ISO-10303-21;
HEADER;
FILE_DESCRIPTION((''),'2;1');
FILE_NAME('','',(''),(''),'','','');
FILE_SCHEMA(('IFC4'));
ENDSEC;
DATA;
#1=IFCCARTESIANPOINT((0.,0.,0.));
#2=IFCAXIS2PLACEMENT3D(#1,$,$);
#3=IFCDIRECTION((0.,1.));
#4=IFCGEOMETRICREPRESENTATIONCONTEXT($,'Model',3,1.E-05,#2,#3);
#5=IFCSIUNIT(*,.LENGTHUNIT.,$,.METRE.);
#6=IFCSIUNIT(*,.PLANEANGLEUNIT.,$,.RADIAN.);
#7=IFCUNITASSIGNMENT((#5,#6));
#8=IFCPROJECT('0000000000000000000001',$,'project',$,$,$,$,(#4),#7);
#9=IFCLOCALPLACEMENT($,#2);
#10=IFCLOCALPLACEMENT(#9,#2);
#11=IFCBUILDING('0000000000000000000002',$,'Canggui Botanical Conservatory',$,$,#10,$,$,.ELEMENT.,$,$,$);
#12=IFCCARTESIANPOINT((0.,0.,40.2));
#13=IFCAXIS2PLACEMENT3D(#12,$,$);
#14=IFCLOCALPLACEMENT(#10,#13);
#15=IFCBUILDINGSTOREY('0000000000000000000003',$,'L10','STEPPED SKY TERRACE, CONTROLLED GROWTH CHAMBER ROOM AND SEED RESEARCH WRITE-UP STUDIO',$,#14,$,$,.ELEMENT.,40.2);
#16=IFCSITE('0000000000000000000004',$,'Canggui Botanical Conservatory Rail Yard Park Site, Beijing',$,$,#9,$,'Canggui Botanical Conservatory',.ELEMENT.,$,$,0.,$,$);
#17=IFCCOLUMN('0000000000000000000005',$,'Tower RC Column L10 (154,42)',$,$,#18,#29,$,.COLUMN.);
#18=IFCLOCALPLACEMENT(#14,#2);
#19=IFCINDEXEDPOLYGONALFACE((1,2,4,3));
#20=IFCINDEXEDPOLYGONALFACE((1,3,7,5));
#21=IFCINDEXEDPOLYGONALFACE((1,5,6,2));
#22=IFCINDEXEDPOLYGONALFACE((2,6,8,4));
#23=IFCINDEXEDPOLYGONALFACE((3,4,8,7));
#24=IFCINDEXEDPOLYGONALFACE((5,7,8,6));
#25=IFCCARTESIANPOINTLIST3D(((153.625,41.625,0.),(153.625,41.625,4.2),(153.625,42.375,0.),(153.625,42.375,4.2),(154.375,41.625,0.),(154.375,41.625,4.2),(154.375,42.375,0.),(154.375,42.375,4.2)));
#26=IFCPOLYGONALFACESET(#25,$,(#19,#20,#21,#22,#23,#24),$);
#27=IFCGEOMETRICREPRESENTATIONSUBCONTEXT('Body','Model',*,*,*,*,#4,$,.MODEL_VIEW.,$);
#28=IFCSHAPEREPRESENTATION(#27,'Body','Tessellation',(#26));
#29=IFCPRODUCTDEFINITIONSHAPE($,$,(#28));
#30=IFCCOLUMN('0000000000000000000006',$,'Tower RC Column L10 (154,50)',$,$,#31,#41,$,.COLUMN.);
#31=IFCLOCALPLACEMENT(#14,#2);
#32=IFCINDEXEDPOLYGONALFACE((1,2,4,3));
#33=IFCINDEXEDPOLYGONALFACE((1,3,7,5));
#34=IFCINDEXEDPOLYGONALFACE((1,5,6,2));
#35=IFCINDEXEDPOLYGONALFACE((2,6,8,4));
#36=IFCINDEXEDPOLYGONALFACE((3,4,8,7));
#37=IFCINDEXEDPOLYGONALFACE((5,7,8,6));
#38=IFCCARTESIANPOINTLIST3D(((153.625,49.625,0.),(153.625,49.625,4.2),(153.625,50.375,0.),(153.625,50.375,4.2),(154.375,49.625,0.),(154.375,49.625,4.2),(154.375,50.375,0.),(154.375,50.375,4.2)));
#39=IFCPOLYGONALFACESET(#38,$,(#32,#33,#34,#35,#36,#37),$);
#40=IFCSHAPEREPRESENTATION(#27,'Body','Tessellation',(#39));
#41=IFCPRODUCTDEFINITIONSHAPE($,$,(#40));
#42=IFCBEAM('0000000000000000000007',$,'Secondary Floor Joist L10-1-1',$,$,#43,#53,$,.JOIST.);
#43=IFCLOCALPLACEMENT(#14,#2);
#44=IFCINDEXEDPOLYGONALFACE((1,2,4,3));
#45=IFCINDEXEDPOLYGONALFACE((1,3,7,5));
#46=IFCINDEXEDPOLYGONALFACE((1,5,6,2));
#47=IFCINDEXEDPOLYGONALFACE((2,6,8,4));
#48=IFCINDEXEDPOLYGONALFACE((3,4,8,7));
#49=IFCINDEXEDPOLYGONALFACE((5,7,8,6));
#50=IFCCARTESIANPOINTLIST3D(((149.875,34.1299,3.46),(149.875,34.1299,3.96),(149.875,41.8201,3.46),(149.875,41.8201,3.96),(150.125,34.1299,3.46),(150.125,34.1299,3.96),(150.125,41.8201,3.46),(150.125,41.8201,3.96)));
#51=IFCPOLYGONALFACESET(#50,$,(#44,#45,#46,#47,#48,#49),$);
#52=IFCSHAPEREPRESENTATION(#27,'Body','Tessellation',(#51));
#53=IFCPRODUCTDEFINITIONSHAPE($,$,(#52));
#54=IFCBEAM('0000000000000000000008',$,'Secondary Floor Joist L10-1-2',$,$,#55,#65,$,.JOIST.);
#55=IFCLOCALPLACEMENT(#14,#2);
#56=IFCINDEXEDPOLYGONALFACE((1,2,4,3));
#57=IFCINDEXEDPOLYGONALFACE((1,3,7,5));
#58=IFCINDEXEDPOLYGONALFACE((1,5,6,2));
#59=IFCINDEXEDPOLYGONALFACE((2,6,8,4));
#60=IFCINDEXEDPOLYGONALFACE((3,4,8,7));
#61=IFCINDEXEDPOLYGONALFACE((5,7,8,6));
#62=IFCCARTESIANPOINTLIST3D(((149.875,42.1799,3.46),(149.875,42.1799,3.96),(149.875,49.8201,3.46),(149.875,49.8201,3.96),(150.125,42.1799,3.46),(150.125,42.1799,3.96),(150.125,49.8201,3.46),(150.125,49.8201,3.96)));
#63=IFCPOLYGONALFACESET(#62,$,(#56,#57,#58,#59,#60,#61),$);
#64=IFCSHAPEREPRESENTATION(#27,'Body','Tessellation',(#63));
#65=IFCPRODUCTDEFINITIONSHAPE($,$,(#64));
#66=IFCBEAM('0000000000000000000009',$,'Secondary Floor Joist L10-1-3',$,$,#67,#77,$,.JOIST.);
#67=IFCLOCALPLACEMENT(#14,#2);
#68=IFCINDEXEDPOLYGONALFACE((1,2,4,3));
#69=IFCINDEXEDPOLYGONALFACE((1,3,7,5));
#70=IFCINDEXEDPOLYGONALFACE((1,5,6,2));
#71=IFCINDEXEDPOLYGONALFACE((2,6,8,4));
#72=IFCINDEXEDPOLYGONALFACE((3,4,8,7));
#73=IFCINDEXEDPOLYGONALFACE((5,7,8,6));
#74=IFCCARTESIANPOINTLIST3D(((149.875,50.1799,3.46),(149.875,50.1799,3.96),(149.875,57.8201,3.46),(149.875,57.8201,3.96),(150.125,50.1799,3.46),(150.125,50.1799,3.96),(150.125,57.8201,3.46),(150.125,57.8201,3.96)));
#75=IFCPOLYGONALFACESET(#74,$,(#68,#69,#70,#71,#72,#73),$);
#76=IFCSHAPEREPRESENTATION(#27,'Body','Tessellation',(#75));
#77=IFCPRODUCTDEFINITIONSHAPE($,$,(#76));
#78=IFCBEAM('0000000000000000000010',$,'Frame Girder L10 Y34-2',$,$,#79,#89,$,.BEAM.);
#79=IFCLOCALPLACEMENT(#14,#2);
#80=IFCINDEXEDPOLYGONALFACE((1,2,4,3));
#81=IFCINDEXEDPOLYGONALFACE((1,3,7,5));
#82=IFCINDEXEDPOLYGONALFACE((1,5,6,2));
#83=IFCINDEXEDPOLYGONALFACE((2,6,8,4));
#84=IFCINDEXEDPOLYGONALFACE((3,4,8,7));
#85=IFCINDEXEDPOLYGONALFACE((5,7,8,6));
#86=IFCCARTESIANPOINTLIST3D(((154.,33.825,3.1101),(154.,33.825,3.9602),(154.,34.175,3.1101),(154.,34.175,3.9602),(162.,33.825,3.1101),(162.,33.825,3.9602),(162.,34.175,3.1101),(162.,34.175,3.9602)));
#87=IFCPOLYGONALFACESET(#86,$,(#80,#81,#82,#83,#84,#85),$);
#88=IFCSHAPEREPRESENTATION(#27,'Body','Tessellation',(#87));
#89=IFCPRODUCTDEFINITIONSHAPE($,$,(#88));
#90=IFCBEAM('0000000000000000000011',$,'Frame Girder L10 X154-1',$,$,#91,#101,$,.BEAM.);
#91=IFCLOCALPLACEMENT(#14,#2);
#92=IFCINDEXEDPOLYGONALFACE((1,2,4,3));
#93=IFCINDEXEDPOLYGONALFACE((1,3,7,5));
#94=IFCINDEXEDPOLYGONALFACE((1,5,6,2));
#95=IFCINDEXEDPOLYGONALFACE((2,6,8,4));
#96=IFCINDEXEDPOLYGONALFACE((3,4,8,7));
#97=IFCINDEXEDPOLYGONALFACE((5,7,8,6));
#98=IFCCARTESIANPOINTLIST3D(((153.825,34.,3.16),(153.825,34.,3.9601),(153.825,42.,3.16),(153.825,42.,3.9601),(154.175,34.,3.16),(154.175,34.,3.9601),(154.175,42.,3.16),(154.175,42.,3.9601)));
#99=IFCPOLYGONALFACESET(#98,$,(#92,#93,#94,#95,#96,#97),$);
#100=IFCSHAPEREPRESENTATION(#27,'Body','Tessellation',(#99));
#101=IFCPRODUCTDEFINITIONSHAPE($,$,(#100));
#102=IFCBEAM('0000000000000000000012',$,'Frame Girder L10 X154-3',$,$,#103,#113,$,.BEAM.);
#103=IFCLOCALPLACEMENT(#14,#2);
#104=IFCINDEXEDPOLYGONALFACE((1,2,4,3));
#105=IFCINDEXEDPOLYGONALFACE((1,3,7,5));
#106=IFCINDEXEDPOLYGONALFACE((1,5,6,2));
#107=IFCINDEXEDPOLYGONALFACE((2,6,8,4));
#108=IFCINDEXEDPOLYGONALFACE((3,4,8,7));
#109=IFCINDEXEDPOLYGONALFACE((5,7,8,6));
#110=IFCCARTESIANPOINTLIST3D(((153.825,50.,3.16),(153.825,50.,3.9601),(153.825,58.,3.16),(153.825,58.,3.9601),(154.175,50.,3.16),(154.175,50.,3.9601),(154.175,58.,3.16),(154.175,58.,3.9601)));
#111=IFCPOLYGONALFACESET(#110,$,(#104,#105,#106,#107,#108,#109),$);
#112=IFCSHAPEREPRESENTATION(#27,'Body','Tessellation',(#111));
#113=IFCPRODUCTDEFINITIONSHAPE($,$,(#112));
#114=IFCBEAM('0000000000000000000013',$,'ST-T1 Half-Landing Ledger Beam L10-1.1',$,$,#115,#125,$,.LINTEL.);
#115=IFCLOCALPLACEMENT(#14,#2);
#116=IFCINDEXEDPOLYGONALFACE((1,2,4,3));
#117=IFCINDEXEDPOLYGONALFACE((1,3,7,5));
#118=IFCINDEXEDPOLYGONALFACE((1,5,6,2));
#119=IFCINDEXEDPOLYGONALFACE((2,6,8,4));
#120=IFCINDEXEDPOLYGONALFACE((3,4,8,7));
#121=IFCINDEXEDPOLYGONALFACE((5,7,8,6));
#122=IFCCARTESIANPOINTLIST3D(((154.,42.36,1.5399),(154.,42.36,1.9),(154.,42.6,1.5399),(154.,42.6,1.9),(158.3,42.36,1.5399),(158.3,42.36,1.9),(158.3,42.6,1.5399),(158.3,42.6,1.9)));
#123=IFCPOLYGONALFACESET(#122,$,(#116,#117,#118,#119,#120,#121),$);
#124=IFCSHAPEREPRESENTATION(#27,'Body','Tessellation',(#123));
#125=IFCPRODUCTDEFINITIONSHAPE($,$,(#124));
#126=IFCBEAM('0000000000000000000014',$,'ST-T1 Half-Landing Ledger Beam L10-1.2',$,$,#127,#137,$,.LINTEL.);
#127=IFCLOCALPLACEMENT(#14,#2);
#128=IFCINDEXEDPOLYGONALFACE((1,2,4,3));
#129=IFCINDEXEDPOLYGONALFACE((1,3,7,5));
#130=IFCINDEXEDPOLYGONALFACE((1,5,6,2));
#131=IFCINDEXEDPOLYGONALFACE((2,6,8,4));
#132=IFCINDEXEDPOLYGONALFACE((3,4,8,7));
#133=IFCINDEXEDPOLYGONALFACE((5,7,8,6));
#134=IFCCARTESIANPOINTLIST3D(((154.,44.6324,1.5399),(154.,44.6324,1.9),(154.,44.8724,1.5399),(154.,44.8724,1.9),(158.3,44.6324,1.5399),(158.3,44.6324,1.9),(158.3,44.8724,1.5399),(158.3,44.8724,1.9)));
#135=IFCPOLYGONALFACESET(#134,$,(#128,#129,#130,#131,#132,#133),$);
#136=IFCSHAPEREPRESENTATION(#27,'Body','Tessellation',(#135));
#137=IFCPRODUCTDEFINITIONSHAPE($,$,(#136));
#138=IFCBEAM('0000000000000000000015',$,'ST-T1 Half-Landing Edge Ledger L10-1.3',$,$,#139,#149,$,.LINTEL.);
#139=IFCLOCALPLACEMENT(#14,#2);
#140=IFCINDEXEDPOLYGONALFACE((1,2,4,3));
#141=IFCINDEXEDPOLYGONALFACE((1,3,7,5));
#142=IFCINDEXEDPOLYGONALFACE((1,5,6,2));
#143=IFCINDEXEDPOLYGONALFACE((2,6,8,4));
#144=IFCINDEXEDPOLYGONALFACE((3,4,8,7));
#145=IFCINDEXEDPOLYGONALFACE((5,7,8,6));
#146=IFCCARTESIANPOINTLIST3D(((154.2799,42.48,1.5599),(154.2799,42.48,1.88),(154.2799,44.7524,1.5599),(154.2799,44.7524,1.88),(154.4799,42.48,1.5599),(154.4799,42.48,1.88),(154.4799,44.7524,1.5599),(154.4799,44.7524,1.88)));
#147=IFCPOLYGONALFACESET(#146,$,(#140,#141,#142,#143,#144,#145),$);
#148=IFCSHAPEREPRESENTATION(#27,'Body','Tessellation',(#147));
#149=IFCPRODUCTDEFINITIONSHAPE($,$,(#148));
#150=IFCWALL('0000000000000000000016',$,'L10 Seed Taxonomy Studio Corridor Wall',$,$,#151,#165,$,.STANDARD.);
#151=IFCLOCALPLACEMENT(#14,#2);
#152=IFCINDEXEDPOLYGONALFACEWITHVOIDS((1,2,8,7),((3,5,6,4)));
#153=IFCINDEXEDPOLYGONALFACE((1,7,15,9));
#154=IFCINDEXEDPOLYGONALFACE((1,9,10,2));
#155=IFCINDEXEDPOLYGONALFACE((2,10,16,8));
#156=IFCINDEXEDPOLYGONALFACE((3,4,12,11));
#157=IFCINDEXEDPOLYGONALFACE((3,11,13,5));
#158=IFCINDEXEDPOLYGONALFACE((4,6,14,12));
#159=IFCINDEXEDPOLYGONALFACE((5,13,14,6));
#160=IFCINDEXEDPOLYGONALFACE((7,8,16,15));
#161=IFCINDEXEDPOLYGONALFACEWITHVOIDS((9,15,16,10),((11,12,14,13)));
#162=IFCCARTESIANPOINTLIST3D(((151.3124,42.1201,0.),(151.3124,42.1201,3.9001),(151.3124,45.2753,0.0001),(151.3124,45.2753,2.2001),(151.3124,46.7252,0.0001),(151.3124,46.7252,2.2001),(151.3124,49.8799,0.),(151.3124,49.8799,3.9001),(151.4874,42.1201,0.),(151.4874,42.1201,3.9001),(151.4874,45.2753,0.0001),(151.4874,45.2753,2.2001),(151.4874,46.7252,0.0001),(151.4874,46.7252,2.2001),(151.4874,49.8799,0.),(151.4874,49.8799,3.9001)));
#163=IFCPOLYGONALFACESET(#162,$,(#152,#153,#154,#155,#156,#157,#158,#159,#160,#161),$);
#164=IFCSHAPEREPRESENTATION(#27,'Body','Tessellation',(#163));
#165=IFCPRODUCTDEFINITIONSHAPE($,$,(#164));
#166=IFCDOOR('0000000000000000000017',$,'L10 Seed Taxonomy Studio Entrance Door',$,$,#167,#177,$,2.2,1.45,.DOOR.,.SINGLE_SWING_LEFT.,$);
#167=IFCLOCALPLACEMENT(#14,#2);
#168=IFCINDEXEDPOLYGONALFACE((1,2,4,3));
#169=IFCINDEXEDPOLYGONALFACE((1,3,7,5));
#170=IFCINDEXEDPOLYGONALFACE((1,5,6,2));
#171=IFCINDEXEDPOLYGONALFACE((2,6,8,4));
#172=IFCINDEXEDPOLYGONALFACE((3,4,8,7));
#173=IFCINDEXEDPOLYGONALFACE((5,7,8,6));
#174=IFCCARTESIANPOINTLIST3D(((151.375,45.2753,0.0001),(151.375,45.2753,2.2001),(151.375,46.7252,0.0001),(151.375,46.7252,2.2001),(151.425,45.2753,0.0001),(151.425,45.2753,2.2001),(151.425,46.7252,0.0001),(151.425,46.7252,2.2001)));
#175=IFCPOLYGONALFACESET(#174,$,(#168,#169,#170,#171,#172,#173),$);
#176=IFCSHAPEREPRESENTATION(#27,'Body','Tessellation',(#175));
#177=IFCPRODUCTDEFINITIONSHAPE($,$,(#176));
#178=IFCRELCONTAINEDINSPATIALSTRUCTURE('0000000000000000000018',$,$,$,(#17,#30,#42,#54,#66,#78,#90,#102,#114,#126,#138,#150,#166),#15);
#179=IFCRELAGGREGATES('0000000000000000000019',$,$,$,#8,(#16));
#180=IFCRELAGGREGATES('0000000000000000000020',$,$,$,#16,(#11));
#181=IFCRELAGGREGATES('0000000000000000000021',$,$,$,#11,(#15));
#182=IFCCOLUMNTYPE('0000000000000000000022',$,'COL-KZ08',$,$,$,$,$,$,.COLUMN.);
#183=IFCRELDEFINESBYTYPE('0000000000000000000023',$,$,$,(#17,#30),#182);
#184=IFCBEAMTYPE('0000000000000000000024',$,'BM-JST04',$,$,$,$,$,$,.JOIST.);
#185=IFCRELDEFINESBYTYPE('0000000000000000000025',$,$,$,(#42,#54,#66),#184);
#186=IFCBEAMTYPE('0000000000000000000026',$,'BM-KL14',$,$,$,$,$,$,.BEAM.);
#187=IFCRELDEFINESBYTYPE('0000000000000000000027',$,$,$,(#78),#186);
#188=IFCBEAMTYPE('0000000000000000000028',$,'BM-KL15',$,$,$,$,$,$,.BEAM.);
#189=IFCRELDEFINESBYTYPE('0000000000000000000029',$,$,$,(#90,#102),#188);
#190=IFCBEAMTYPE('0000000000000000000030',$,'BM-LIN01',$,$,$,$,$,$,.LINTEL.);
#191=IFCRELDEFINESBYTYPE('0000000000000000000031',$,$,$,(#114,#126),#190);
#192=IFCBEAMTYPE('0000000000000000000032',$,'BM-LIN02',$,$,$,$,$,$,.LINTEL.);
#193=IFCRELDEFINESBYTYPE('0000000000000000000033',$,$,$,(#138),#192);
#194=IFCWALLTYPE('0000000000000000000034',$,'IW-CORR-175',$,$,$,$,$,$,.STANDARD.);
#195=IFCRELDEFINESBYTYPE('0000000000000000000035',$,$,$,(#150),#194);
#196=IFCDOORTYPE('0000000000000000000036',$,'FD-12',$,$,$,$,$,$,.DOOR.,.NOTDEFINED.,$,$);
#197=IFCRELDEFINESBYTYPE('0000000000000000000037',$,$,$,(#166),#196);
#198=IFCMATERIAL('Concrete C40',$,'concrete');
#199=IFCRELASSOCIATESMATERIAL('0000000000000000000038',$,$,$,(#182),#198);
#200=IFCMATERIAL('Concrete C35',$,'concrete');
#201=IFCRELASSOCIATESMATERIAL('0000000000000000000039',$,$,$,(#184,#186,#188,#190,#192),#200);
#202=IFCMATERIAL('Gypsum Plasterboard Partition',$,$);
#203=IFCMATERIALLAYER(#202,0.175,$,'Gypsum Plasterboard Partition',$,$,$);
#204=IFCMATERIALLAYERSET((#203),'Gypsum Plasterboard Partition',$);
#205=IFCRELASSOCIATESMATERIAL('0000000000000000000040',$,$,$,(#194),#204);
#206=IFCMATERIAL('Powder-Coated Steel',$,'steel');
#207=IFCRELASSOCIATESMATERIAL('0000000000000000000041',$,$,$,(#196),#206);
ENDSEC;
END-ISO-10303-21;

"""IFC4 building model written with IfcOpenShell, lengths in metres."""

from ifc_helpers import new_model, si_unit, direction, frame, frame_2d, origin, origin_2d, place, context, subcontext, project, spatial, rectangle, extrude, material, layer, layer_set, material_profile, profile_set, type_object, element, fill, save


model = new_model("IFC4")

# Units and contexts
model_context = context("Model", 3, precision=1e-05, world=origin(), true_north=direction((0.0, 1.0)))
body_context = subcontext(model_context, "Body", "Model", "MODEL_VIEW")
ifc_project = project(units=[si_unit("LENGTHUNIT", "METRE"), si_unit("PLANEANGLEUNIT", "RADIAN")], contexts=[model_context])

# Site, building, storey
site_placement = place(None, origin())
site = spatial("IfcSite", under=ifc_project, at=site_placement, Name="Canggui Botanical Conservatory Rail Yard Park Site, Beijing", LongName="Canggui Botanical Conservatory", CompositionType="ELEMENT", RefElevation=0.0)
building_placement = place(site_placement, origin())
building = spatial("IfcBuilding", under=site, at=building_placement, Name="Canggui Botanical Conservatory", CompositionType="ELEMENT")
storey_placement = place(building_placement, frame((0.0, 0.0, 40.2)))
storey = spatial("IfcBuildingStorey", under=building, at=storey_placement, Name="L10", Description="STEPPED SKY TERRACE, CONTROLLED GROWTH CHAMBER ROOM AND SEED RESEARCH WRITE-UP STUDIO", CompositionType="ELEMENT", Elevation=40.2)

# Columns
ifc_material_1 = material(Name="Concrete C40", Category="concrete")
ifc_material_profile_1 = material_profile(ifc_material_1, rectangle(XDim=0.75, YDim=0.75, at=origin_2d()), Name="RC 750x750")
ifc_profile_set_1 = profile_set([ifc_material_profile_1], Name="Concrete C40")
column_type = type_object("IfcColumnType", Name="COL-KZ08", PredefinedType="COLUMN", material=ifc_profile_set_1)
for number, where, z_axis, x_axis, name in (
    (1, (154.0, 42.0, 0.0), (0.0, 0.0, 1.0), (1.0, 0.0, 0.0), "Tower RC Column L10 (154,42)"),
    (2, (154.0, 50.0, 0.0), (0.0, 0.0, 1.0), (1.0, 0.0, 0.0), "Tower RC Column L10 (154,50)"),
):
    element("IfcColumn", number, at=place(storey_placement, frame(where, z_axis=z_axis, x_axis=x_axis)), inside=storey, type_object=column_type, Name=name, PredefinedType="COLUMN", context=body_context, shape_type="SweptSolid", body=[
        extrude(rectangle(XDim=0.75, YDim=0.75, at=origin_2d()), origin(), (0.0, 0.0, 1.0), 4.2),
    ])

# Beams
ifc_material_2 = material(Name="Concrete C35", Category="concrete")
ifc_material_profile_2 = material_profile(ifc_material_2, rectangle(XDim=0.25, YDim=0.5, at=origin_2d()), Name="RB 250x500")
ifc_profile_set_2 = profile_set([ifc_material_profile_2], Name="Concrete C35")
beam_type_1 = type_object("IfcBeamType", Name="BM-JST04", PredefinedType="JOIST", material=ifc_profile_set_2)
beam_1_placement = place(storey_placement, frame((150.0, 34.1299, 3.71), z_axis=(0.0, 1.0, 0.0), x_axis=(-1.0, 0.0, 0.0)))
element("IfcBeam", 3, at=beam_1_placement, inside=storey, type_object=beam_type_1, Name="Secondary Floor Joist L10-1-1", PredefinedType="JOIST", context=body_context, shape_type="SweptSolid", body=[
    extrude(rectangle(XDim=0.25, YDim=0.5, at=origin_2d()), origin(), (0.0, 0.0, 1.0), 7.6902),
])
for number, where, z_axis, x_axis, name in (
    (4, (150.0, 42.1799, 3.71), (0.0, 1.0, 0.0), (-1.0, 0.0, 0.0), "Secondary Floor Joist L10-1-2"),
    (5, (150.0, 50.1799, 3.71), (0.0, 1.0, 0.0), (-1.0, 0.0, 0.0), "Secondary Floor Joist L10-1-3"),
):
    element("IfcBeam", number, at=place(storey_placement, frame(where, z_axis=z_axis, x_axis=x_axis)), inside=storey, type_object=beam_type_1, Name=name, PredefinedType="JOIST", context=body_context, shape_type="SweptSolid", body=[
        extrude(rectangle(XDim=0.25, YDim=0.5, at=origin_2d()), origin(), (0.0, 0.0, 1.0), 7.6401),
    ])
ifc_material_profile_3 = material_profile(ifc_material_2, rectangle(XDim=0.3501, YDim=0.8501, at=origin_2d()), Name="RB 350x850")
ifc_profile_set_3 = profile_set([ifc_material_profile_3], Name="Concrete C35")
beam_type_2 = type_object("IfcBeamType", Name="BM-KL14", PredefinedType="BEAM", material=ifc_profile_set_3)
beam_2_placement = place(storey_placement, frame((154.0, 34.0, 3.5352), z_axis=(1.0, 0.0, 0.0), x_axis=(0.0, 1.0, 0.0)))
element("IfcBeam", 6, at=beam_2_placement, inside=storey, type_object=beam_type_2, Name="Frame Girder L10 Y34-2", PredefinedType="BEAM", context=body_context, shape_type="SweptSolid", body=[
    extrude(rectangle(XDim=0.3501, YDim=0.8501, at=origin_2d()), origin(), (0.0, 0.0, 1.0), 8.0),
])
ifc_material_profile_4 = material_profile(ifc_material_2, rectangle(XDim=0.3501, YDim=0.8, at=origin_2d()), Name="RB 350x800")
ifc_profile_set_4 = profile_set([ifc_material_profile_4], Name="Concrete C35")
beam_type_3 = type_object("IfcBeamType", Name="BM-KL15", PredefinedType="BEAM", material=ifc_profile_set_4)
for number, where, z_axis, x_axis, name in (
    (7, (154.0, 34.0, 3.5601), (0.0, 1.0, 0.0), (-1.0, 0.0, 0.0), "Frame Girder L10 X154-1"),
    (8, (154.0, 50.0, 3.5601), (0.0, 1.0, 0.0), (-1.0, 0.0, 0.0), "Frame Girder L10 X154-3"),
):
    element("IfcBeam", number, at=place(storey_placement, frame(where, z_axis=z_axis, x_axis=x_axis)), inside=storey, type_object=beam_type_3, Name=name, PredefinedType="BEAM", context=body_context, shape_type="SweptSolid", body=[
        extrude(rectangle(XDim=0.3501, YDim=0.8, at=origin_2d()), origin(), (0.0, 0.0, 1.0), 8.0),
    ])
ifc_material_profile_5 = material_profile(ifc_material_2, rectangle(XDim=0.24, YDim=0.3601, at=origin_2d()), Name="RB 240x360")
ifc_profile_set_5 = profile_set([ifc_material_profile_5], Name="Concrete C35")
beam_type_4 = type_object("IfcBeamType", Name="BM-LIN01", PredefinedType="LINTEL", material=ifc_profile_set_5)
for number, where, z_axis, x_axis, name in (
    (9, (154.0, 42.48, 1.72), (1.0, 0.0, 0.0), (0.0, 1.0, 0.0), "ST-T1 Half-Landing Ledger Beam L10-1.1"),
    (10, (154.0, 44.7524, 1.72), (1.0, 0.0, 0.0), (0.0, 1.0, 0.0), "ST-T1 Half-Landing Ledger Beam L10-1.2"),
):
    element("IfcBeam", number, at=place(storey_placement, frame(where, z_axis=z_axis, x_axis=x_axis)), inside=storey, type_object=beam_type_4, Name=name, PredefinedType="LINTEL", context=body_context, shape_type="SweptSolid", body=[
        extrude(rectangle(XDim=0.24, YDim=0.3601, at=origin_2d()), origin(), (0.0, 0.0, 1.0), 4.3),
    ])
ifc_material_profile_6 = material_profile(ifc_material_2, rectangle(XDim=0.2, YDim=0.3201, at=origin_2d()), Name="RB 200x320")
ifc_profile_set_6 = profile_set([ifc_material_profile_6], Name="Concrete C35")
beam_type_5 = type_object("IfcBeamType", Name="BM-LIN02", PredefinedType="LINTEL", material=ifc_profile_set_6)
beam_3_placement = place(storey_placement, frame((154.3799, 42.48, 1.72), z_axis=(0.0, 1.0, 0.0), x_axis=(-1.0, 0.0, 0.0)))
element("IfcBeam", 11, at=beam_3_placement, inside=storey, type_object=beam_type_5, Name="ST-T1 Half-Landing Edge Ledger L10-1.3", PredefinedType="LINTEL", context=body_context, shape_type="SweptSolid", body=[
    extrude(rectangle(XDim=0.2, YDim=0.3201, at=origin_2d()), origin(), (0.0, 0.0, 1.0), 2.2725),
])

# Wall, opening, door
ifc_material_3 = material(Name="Gypsum Plasterboard Partition")
ifc_layer_1 = layer(ifc_material_3, 0.175, Name="Gypsum Plasterboard Partition")
ifc_layer_set_1 = layer_set([ifc_layer_1], Name="Gypsum Plasterboard Partition")
wall_type_1 = type_object("IfcWallType", Name="IW-CORR-175", PredefinedType="STANDARD", material=ifc_layer_set_1)
wall_1_placement = place(storey_placement, frame((151.3999, 42.1201, 0.0), z_axis=(0.0, 0.0, 1.0), x_axis=(0.0, 1.0, 0.0)))
wall_1 = element("IfcWall", 12, at=wall_1_placement, inside=storey, type_object=wall_type_1, Name="L10 Seed Taxonomy Studio Corridor Wall", PredefinedType="STANDARD", context=body_context, shape_type="SweptSolid", body=[
    extrude(rectangle(XDim=7.7598, YDim=0.175, at=frame_2d((3.8799, 0.0))), origin(), (0.0, 0.0, 1.0), 3.9001),
])
opening_1_placement = place(wall_1_placement, frame((3.155, 0.0, 0.0)))
opening_1 = element("IfcOpeningElement", 13, at=opening_1_placement, cuts=wall_1, PredefinedType="OPENING", context=body_context, shape_type="SweptSolid", body=[
    extrude(rectangle(XDim=1.45, YDim=2.2, at=frame_2d((0.7251, 1.1001))), frame((0.0, 0.0977, 0.0), z_axis=(0.0, -1.0, 0.0), x_axis=(1.0, 0.0, 0.0)), (0.0, 0.0, 1.0), 0.1951),
])
ifc_material_4 = material(Name="Powder-Coated Steel", Category="steel")
door_type_1 = type_object("IfcDoorType", Name="FD-12", OperationType="NOTDEFINED", PredefinedType="DOOR", material=ifc_material_4)
door_1_placement = place(opening_1_placement, origin())
door_1 = element("IfcDoor", 14, at=door_1_placement, inside=storey, type_object=door_type_1, Name="L10 Seed Taxonomy Studio Entrance Door", OperationType="SINGLE_SWING_LEFT", OverallHeight=2.2, OverallWidth=1.45, PredefinedType="DOOR", context=body_context, shape_type="SweptSolid", body=[
    extrude(rectangle(XDim=1.45, YDim=2.2, at=frame_2d((0.7251, 1.1001))), frame((0.0, 0.0249, 0.0), z_axis=(0.0, -1.0, 0.0), x_axis=(1.0, 0.0, 0.0)), (0.0, 0.0, 1.0), 0.05),
])
fill(opening_1, door_1)

save(model, "model.ifc")
